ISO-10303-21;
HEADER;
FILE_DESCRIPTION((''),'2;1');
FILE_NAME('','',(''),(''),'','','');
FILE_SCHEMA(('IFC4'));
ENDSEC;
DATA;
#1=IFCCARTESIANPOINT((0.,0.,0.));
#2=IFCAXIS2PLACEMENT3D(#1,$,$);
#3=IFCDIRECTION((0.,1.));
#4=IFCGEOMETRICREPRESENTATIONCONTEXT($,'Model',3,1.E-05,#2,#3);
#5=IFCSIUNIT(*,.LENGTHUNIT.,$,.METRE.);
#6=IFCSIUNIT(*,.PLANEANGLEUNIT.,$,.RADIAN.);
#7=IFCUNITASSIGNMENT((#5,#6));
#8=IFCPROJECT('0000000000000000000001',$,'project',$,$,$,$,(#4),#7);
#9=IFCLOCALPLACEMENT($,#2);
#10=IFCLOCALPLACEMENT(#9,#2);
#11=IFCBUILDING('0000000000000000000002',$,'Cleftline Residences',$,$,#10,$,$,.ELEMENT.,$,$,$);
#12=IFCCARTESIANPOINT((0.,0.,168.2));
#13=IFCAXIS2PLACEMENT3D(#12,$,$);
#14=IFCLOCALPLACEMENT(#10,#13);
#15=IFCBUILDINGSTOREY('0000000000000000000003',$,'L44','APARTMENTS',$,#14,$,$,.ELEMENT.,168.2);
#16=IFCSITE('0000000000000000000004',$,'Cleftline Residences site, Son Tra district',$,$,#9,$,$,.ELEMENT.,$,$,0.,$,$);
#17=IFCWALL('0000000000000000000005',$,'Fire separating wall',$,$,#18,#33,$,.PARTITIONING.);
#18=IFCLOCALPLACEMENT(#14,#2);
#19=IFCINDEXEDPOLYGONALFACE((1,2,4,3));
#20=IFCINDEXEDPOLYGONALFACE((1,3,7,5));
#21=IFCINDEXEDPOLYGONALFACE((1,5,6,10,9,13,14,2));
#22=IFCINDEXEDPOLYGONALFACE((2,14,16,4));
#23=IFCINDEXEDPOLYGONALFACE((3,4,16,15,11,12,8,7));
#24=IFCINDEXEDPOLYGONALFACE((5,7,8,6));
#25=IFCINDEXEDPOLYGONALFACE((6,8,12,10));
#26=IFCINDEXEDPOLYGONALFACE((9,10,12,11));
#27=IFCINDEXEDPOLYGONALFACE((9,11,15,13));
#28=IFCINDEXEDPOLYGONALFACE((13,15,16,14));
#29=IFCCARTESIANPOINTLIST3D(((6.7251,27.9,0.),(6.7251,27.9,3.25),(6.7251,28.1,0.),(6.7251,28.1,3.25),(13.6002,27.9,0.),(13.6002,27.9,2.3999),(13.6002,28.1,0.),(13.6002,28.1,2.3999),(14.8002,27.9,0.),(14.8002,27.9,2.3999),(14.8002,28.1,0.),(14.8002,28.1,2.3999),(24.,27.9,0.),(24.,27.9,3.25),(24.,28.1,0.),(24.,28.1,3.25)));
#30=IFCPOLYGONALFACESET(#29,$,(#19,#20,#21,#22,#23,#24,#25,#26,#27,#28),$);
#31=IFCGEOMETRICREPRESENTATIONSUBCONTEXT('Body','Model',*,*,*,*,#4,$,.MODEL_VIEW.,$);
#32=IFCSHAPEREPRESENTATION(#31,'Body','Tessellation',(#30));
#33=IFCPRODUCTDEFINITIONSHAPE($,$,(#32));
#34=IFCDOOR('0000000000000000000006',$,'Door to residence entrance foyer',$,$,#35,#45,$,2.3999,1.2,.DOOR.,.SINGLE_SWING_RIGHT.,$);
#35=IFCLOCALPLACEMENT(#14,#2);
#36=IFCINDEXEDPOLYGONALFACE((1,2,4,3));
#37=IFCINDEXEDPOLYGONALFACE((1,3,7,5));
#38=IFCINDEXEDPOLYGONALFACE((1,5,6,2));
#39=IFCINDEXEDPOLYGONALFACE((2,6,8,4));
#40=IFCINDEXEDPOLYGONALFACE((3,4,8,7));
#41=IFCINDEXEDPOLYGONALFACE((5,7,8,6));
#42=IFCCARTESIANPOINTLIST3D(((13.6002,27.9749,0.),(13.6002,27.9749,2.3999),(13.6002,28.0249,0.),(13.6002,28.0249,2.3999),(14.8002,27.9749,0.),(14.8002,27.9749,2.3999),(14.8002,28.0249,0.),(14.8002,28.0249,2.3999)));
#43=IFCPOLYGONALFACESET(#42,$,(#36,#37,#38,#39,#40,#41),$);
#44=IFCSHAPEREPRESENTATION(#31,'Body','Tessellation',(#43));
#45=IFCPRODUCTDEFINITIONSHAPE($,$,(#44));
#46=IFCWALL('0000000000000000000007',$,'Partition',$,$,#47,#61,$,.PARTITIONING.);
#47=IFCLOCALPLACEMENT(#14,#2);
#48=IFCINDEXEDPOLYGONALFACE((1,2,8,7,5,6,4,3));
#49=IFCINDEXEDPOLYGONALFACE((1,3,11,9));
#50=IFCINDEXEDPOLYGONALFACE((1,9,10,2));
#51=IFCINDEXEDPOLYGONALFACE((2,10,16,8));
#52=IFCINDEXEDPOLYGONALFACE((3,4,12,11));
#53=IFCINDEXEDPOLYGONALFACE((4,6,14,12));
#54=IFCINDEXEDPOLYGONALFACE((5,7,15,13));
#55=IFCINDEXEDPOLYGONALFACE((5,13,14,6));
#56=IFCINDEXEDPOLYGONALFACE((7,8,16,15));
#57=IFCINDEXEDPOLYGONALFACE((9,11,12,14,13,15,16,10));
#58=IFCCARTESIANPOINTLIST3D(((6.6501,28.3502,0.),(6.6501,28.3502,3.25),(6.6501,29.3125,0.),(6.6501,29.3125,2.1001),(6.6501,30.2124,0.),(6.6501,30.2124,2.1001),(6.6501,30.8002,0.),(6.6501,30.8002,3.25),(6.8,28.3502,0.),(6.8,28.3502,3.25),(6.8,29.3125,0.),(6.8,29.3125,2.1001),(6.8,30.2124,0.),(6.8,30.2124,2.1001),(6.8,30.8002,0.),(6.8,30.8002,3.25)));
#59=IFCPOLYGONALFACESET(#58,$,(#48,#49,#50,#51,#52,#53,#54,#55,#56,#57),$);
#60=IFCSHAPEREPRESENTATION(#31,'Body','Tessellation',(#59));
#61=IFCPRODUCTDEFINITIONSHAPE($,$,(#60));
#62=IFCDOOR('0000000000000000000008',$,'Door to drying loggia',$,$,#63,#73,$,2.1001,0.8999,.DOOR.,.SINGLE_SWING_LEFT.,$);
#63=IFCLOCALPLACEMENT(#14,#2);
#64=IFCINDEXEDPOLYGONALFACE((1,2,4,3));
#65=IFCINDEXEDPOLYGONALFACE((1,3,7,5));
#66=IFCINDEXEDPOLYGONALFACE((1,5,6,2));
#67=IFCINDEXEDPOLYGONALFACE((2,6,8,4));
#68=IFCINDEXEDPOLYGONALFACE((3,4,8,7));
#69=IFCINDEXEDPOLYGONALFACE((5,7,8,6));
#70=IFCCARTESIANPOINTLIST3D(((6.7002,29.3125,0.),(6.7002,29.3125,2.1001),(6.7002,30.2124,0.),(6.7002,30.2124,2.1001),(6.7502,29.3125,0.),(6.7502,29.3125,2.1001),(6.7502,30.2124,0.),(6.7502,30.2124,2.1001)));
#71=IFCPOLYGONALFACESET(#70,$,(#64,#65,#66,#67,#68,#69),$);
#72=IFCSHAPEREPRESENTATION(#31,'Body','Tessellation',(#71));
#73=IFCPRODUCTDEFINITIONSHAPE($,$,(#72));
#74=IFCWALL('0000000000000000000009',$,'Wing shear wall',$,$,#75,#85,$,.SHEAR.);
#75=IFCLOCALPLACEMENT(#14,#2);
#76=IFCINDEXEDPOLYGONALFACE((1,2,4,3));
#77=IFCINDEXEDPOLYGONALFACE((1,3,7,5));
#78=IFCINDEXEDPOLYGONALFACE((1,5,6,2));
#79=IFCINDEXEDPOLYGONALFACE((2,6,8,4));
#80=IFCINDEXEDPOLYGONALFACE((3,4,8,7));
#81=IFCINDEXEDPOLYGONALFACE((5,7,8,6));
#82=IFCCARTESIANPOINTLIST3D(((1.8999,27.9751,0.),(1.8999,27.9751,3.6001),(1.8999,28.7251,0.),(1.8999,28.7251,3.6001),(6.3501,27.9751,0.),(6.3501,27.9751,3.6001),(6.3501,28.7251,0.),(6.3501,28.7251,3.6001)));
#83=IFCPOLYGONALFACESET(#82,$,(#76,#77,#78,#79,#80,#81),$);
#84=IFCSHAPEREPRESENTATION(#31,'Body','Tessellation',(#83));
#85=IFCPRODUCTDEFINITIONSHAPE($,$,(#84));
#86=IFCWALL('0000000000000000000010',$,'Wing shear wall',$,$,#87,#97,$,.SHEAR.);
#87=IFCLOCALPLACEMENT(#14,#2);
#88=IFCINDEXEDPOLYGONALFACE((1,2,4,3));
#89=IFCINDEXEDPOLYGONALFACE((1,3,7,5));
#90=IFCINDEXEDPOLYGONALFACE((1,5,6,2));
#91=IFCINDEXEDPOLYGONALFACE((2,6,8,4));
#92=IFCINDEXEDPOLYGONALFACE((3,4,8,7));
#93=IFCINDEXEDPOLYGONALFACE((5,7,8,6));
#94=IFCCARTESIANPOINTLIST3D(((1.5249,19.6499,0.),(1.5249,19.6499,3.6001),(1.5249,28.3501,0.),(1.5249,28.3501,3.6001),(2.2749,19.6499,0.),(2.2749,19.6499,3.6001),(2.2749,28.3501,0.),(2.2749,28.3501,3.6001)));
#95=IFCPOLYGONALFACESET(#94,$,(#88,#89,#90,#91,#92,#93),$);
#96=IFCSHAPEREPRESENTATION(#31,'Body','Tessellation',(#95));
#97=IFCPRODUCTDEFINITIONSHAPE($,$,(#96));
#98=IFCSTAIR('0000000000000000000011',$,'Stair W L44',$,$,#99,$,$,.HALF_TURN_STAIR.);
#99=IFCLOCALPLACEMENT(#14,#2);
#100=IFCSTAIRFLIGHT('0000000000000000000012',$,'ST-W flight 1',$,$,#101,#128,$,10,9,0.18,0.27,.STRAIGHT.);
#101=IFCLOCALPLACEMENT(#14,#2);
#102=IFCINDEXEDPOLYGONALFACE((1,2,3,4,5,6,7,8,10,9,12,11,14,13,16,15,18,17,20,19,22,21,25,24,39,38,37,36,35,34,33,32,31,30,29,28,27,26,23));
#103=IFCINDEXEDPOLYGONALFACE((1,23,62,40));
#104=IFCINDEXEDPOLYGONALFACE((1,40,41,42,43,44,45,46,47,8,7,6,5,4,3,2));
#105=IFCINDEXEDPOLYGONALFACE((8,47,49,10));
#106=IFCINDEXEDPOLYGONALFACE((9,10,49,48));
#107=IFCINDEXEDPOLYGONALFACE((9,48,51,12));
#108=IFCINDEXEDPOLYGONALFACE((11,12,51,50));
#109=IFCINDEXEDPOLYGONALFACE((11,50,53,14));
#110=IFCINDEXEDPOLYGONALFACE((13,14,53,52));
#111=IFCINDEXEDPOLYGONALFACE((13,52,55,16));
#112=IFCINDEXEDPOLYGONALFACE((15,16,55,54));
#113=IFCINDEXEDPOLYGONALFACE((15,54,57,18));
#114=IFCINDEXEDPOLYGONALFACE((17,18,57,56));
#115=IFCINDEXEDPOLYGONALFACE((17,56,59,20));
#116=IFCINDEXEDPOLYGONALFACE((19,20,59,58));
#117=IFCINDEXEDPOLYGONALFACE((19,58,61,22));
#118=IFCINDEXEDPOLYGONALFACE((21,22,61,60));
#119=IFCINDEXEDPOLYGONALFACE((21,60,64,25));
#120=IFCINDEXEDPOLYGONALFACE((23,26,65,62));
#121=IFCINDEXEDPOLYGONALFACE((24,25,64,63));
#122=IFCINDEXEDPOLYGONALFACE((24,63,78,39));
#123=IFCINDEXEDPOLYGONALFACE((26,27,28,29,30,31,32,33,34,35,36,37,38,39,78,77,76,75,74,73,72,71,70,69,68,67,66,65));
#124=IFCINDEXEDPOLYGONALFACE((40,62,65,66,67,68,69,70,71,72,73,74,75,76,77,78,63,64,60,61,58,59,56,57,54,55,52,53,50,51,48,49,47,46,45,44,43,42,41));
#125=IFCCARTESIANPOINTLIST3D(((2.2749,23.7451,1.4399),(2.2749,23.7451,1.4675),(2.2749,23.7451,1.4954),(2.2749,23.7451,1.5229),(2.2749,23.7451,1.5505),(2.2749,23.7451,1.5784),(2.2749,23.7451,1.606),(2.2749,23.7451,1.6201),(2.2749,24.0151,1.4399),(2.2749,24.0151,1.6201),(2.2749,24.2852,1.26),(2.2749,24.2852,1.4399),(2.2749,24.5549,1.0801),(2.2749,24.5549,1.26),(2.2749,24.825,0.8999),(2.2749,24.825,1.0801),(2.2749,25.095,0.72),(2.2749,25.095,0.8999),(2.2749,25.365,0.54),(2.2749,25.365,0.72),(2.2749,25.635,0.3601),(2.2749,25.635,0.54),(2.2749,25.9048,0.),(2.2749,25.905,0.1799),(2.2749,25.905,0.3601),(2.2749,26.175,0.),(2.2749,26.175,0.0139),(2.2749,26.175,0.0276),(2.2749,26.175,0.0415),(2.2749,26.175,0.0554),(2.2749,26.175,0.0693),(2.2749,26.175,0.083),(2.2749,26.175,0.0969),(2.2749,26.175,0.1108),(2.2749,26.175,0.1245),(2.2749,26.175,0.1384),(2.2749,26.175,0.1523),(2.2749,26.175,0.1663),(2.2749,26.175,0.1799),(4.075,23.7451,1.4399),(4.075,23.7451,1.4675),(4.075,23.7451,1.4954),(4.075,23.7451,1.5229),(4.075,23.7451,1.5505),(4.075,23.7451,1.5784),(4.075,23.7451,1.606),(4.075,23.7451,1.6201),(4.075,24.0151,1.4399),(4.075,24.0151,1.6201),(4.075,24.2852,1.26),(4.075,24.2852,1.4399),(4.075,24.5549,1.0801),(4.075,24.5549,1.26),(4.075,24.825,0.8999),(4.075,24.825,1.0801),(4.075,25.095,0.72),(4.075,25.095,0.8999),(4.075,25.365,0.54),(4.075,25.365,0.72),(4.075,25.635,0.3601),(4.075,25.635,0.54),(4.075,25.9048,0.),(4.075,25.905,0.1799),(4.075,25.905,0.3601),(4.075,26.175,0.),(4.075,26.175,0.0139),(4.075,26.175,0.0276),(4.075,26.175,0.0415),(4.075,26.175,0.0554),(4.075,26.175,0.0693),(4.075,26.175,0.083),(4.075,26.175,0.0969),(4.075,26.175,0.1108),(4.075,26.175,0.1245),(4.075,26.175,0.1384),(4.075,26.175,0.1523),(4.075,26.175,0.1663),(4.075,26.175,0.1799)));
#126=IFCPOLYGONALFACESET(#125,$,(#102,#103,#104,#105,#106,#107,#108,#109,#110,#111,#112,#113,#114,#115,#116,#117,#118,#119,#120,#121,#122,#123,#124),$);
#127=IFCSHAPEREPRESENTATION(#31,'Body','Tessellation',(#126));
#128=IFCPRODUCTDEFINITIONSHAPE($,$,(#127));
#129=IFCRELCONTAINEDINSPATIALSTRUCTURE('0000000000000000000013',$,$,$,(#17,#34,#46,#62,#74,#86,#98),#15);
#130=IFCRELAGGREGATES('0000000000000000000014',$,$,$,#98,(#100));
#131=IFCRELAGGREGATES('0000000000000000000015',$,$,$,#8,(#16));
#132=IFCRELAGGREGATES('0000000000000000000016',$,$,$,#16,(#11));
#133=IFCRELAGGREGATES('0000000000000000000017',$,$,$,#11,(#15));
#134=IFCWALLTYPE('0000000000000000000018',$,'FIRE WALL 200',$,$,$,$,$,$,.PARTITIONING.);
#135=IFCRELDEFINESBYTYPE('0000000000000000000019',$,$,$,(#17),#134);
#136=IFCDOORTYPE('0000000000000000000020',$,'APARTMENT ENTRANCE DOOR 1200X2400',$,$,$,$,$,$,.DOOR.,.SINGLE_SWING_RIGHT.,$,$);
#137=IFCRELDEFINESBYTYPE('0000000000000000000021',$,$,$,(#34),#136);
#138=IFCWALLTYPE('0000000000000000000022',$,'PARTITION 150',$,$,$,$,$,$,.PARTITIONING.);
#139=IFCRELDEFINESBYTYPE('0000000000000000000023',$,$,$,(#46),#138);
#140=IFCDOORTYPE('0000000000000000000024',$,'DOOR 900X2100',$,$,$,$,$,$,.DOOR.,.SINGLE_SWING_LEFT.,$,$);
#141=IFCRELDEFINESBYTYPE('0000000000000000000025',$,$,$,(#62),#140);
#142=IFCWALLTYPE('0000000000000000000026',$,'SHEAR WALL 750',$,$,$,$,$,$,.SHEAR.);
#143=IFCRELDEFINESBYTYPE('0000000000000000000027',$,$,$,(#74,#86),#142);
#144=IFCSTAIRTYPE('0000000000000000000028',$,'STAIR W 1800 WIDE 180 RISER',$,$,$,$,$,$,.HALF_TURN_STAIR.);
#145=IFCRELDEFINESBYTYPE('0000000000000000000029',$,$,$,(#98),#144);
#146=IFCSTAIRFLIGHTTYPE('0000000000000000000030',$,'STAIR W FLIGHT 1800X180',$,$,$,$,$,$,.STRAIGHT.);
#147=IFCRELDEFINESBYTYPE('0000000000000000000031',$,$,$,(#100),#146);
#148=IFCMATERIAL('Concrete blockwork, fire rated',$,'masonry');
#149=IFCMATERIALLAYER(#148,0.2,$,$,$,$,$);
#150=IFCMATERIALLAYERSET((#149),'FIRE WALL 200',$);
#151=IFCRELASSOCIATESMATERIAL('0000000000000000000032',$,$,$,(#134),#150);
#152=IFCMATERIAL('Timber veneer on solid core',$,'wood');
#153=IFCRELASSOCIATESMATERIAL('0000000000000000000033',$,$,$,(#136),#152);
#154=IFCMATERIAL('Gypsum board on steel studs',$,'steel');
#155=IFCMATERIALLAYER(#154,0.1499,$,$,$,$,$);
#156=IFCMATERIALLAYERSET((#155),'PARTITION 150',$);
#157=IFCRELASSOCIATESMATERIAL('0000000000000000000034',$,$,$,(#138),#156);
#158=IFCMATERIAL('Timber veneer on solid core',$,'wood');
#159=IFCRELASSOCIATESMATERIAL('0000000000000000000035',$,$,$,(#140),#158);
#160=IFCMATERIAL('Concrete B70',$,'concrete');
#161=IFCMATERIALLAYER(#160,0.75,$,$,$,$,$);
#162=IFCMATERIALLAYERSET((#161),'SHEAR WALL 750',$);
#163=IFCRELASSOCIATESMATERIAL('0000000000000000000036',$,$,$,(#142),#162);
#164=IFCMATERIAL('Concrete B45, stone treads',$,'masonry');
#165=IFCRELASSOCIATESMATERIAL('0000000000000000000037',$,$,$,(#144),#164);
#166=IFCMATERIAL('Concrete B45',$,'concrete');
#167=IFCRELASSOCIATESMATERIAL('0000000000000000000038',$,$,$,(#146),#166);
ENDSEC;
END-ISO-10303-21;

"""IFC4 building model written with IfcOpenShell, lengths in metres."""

from ifc_helpers import new_model, si_unit, direction, frame, frame_2d, origin, place, context, subcontext, project, spatial, polyline, rectangle, outline, extrude, material, layer, layer_set, type_object, element, fill, aggregate, save


model = new_model("IFC4")

# Units and contexts
model_context = context("Model", 3, precision=1e-05, world=origin(), true_north=direction((0.0, 1.0)))
body_context = subcontext(model_context, "Body", "Model", "MODEL_VIEW")
ifc_project = project(units=[si_unit("LENGTHUNIT", "METRE"), si_unit("PLANEANGLEUNIT", "RADIAN")], contexts=[model_context])

# Site, building, storey
site_placement = place(None, origin())
site = spatial("IfcSite", under=ifc_project, at=site_placement, Name="Cleftline Residences site, Son Tra district", CompositionType="ELEMENT", RefElevation=0.0)
building_placement = place(site_placement, origin())
building = spatial("IfcBuilding", under=site, at=building_placement, Name="Cleftline Residences", CompositionType="ELEMENT")
storey_placement = place(building_placement, frame((0.0, 0.0, 168.2)))
storey = spatial("IfcBuildingStorey", under=building, at=storey_placement, Name="L44", Description="APARTMENTS", CompositionType="ELEMENT", Elevation=168.2)

# Walls, openings, doors
ifc_material_1 = material(Name="Concrete blockwork, fire rated", Category="masonry")
ifc_layer_1 = layer(ifc_material_1, 0.2)
ifc_layer_set_1 = layer_set([ifc_layer_1], Name="FIRE WALL 200")
wall_type_1 = type_object("IfcWallType", Name="FIRE WALL 200", PredefinedType="PARTITIONING", material=ifc_layer_set_1)
wall_1_placement = place(storey_placement, frame((6.7251, 28.0, 0.0), z_axis=(0.0, 0.0, 1.0), x_axis=(1.0, 0.0, 0.0)))
wall_1 = element("IfcWall", 1, at=wall_1_placement, inside=storey, type_object=wall_type_1, Name="Fire separating wall", PredefinedType="PARTITIONING", context=body_context, shape_type="SweptSolid", body=[
    extrude(rectangle(XDim=17.2749, YDim=0.2, at=frame_2d((8.6375, 0.0))), origin(), (0.0, 0.0, 1.0), 3.25),
])
opening_1_placement = place(wall_1_placement, frame((6.875, 0.0, 0.0)))
opening_1 = element("IfcOpeningElement", 2, at=opening_1_placement, cuts=wall_1, PredefinedType="OPENING", context=body_context, shape_type="SweptSolid", body=[
    extrude(rectangle(XDim=1.2, YDim=2.3999, at=frame_2d((0.6001, 1.2))), frame((0.0, 0.1099, 0.0), z_axis=(0.0, -1.0, 0.0), x_axis=(1.0, 0.0, 0.0)), (0.0, 0.0, 1.0), 0.22),
])
ifc_material_2 = material(Name="Timber veneer on solid core", Category="wood")
door_type_1 = type_object("IfcDoorType", Name="APARTMENT ENTRANCE DOOR 1200X2400", OperationType="SINGLE_SWING_RIGHT", PredefinedType="DOOR", material=ifc_material_2)
door_1_placement = place(opening_1_placement, origin())
door_1 = element("IfcDoor", 3, at=door_1_placement, inside=storey, type_object=door_type_1, Name="Door to residence entrance foyer", OperationType="SINGLE_SWING_RIGHT", OverallHeight=2.3999, OverallWidth=1.2, PredefinedType="DOOR", context=body_context, shape_type="SweptSolid", body=[
    extrude(rectangle(XDim=1.2, YDim=2.3999, at=frame_2d((0.6001, 1.2))), frame((0.0, 0.0249, 0.0), z_axis=(0.0, -1.0, 0.0), x_axis=(1.0, 0.0, 0.0)), (0.0, 0.0, 1.0), 0.05),
])
fill(opening_1, door_1)
ifc_material_3 = material(Name="Gypsum board on steel studs", Category="steel")
ifc_layer_2 = layer(ifc_material_3, 0.1499)
ifc_layer_set_2 = layer_set([ifc_layer_2], Name="PARTITION 150")
wall_type_2 = type_object("IfcWallType", Name="PARTITION 150", PredefinedType="PARTITIONING", material=ifc_layer_set_2)
wall_2_placement = place(storey_placement, frame((6.7251, 28.3501, 0.0), z_axis=(0.0, 0.0, 1.0), x_axis=(0.0, 1.0, 0.0)))
wall_2 = element("IfcWall", 4, at=wall_2_placement, inside=storey, type_object=wall_type_2, Name="Partition", PredefinedType="PARTITIONING", context=body_context, shape_type="SweptSolid", body=[
    extrude(rectangle(XDim=2.45, YDim=0.1499, at=frame_2d((1.2251, 0.0))), origin(), (0.0, 0.0, 1.0), 3.25),
])
opening_2_placement = place(wall_2_placement, frame((0.9624, 0.0, 0.0)))
opening_2 = element("IfcOpeningElement", 5, at=opening_2_placement, cuts=wall_2, PredefinedType="OPENING", context=body_context, shape_type="SweptSolid", body=[
    extrude(rectangle(XDim=0.8999, YDim=2.1001, at=frame_2d((0.45, 1.05))), frame((0.0, 0.085, 0.0), z_axis=(0.0, -1.0, 0.0), x_axis=(1.0, 0.0, 0.0)), (0.0, 0.0, 1.0), 0.1699),
])
ifc_material_4 = material(Name="Timber veneer on solid core", Category="wood")
door_type_2 = type_object("IfcDoorType", Name="DOOR 900X2100", OperationType="SINGLE_SWING_LEFT", PredefinedType="DOOR", material=ifc_material_4)
door_2_placement = place(opening_2_placement, origin())
door_2 = element("IfcDoor", 6, at=door_2_placement, inside=storey, type_object=door_type_2, Name="Door to drying loggia", OperationType="SINGLE_SWING_LEFT", OverallHeight=2.1001, OverallWidth=0.8999, PredefinedType="DOOR", context=body_context, shape_type="SweptSolid", body=[
    extrude(rectangle(XDim=0.8999, YDim=2.1001, at=frame_2d((0.45, 1.05))), frame((0.0, 0.0249, 0.0), z_axis=(0.0, -1.0, 0.0), x_axis=(1.0, 0.0, 0.0)), (0.0, 0.0, 1.0), 0.05),
])
fill(opening_2, door_2)

# Walls
ifc_material_5 = material(Name="Concrete B70", Category="concrete")
ifc_layer_3 = layer(ifc_material_5, 0.75)
ifc_layer_set_3 = layer_set([ifc_layer_3], Name="SHEAR WALL 750")
wall_type_3 = type_object("IfcWallType", Name="SHEAR WALL 750", PredefinedType="SHEAR", material=ifc_layer_set_3)
wall_3_placement = place(storey_placement, frame((6.3501, 28.3501, 0.0), z_axis=(0.0, 0.0, 1.0), x_axis=(-1.0, 0.0, 0.0)))
element("IfcWall", 7, at=wall_3_placement, inside=storey, type_object=wall_type_3, Name="Wing shear wall", PredefinedType="SHEAR", context=body_context, shape_type="SweptSolid", body=[
    extrude(rectangle(XDim=4.4502, YDim=0.75, at=frame_2d((2.2251, 0.0))), origin(), (0.0, 0.0, 1.0), 3.6001),
])
wall_4_placement = place(storey_placement, frame((1.8999, 28.3501, 0.0), z_axis=(0.0, 0.0, 1.0), x_axis=(0.0, -1.0, 0.0)))
element("IfcWall", 8, at=wall_4_placement, inside=storey, type_object=wall_type_3, Name="Wing shear wall", PredefinedType="SHEAR", context=body_context, shape_type="SweptSolid", body=[
    extrude(rectangle(XDim=8.7002, YDim=0.75, at=frame_2d((4.3501, 0.0))), origin(), (0.0, 0.0, 1.0), 3.6001),
])

# Stair, stair flight
ifc_material_6 = material(Name="Concrete B45, stone treads", Category="masonry")
stair_type = type_object("IfcStairType", Name="STAIR W 1800 WIDE 180 RISER", PredefinedType="HALF_TURN_STAIR", material=ifc_material_6)
stair_placement = place(storey_placement, origin())
stair = element("IfcStair", 9, at=stair_placement, inside=storey, type_object=stair_type, Name="Stair W L44", PredefinedType="HALF_TURN_STAIR")
ifc_material_7 = material(Name="Concrete B45", Category="concrete")
stair_flight_type = type_object("IfcStairFlightType", Name="STAIR W FLIGHT 1800X180", PredefinedType="STRAIGHT", material=ifc_material_7)
stair_flight_1_placement = place(storey_placement, frame((3.175, 26.175, 0.0), z_axis=(0.0, 0.0, 1.0), x_axis=(0.0, -1.0, 0.0)))
stair_flight_1 = element("IfcStairFlight", 10, at=stair_flight_1_placement, type_object=stair_flight_type, Name="ST-W flight 1", NumberOfRisers=10, NumberOfTreads=9, PredefinedType="STRAIGHT", RiserHeight=0.18, TreadLength=0.27, context=body_context, shape_type="SweptSolid", body=[
    extrude(outline(polyline([(0.0, 0.0), (0.0, 0.0139), (0.0, 0.0276), (0.0, 0.0415), (0.0, 0.0554), (0.0, 0.0693), (0.0, 0.083), (0.0, 0.0969), (0.0, 0.1108), (0.0, 0.1245), (0.0, 0.1384), (0.0, 0.1523), (0.0, 0.1663), (0.0, 0.1799), (0.27, 0.1799), (0.27, 0.3601), (0.54, 0.3601), (0.54, 0.54), (0.8101, 0.54), (0.8101, 0.72), (1.0801, 0.72), (1.0801, 0.8999), (1.3501, 0.8999), (1.3501, 1.0801), (1.6201, 1.0801), (1.6201, 1.26), (1.8899, 1.26), (1.8899, 1.4399), (2.1599, 1.4399), (2.1599, 1.6201), (2.4299, 1.6201), (2.4299, 1.8), (2.4299, 1.7722), (2.4299, 1.7446), (2.4299, 1.7168), (2.4299, 1.6892), (2.4299, 1.6614), (2.4299, 1.6338), (2.4299, 1.606), (2.4299, 1.5784), (2.4299, 1.5505), (2.4299, 1.5229), (2.4299, 1.4954), (2.4299, 1.4675), (2.4299, 1.4399), (0.2703, 0.0), (0.0, 0.0)])), frame((0.0, 0.8999, 0.0), z_axis=(0.0, -1.0, 0.0), x_axis=(1.0, 0.0, 0.0)), (0.0, 0.0, 1.0), 1.8),
])
aggregate(stair, [stair_flight_1])

save(model, "model.ifc")
